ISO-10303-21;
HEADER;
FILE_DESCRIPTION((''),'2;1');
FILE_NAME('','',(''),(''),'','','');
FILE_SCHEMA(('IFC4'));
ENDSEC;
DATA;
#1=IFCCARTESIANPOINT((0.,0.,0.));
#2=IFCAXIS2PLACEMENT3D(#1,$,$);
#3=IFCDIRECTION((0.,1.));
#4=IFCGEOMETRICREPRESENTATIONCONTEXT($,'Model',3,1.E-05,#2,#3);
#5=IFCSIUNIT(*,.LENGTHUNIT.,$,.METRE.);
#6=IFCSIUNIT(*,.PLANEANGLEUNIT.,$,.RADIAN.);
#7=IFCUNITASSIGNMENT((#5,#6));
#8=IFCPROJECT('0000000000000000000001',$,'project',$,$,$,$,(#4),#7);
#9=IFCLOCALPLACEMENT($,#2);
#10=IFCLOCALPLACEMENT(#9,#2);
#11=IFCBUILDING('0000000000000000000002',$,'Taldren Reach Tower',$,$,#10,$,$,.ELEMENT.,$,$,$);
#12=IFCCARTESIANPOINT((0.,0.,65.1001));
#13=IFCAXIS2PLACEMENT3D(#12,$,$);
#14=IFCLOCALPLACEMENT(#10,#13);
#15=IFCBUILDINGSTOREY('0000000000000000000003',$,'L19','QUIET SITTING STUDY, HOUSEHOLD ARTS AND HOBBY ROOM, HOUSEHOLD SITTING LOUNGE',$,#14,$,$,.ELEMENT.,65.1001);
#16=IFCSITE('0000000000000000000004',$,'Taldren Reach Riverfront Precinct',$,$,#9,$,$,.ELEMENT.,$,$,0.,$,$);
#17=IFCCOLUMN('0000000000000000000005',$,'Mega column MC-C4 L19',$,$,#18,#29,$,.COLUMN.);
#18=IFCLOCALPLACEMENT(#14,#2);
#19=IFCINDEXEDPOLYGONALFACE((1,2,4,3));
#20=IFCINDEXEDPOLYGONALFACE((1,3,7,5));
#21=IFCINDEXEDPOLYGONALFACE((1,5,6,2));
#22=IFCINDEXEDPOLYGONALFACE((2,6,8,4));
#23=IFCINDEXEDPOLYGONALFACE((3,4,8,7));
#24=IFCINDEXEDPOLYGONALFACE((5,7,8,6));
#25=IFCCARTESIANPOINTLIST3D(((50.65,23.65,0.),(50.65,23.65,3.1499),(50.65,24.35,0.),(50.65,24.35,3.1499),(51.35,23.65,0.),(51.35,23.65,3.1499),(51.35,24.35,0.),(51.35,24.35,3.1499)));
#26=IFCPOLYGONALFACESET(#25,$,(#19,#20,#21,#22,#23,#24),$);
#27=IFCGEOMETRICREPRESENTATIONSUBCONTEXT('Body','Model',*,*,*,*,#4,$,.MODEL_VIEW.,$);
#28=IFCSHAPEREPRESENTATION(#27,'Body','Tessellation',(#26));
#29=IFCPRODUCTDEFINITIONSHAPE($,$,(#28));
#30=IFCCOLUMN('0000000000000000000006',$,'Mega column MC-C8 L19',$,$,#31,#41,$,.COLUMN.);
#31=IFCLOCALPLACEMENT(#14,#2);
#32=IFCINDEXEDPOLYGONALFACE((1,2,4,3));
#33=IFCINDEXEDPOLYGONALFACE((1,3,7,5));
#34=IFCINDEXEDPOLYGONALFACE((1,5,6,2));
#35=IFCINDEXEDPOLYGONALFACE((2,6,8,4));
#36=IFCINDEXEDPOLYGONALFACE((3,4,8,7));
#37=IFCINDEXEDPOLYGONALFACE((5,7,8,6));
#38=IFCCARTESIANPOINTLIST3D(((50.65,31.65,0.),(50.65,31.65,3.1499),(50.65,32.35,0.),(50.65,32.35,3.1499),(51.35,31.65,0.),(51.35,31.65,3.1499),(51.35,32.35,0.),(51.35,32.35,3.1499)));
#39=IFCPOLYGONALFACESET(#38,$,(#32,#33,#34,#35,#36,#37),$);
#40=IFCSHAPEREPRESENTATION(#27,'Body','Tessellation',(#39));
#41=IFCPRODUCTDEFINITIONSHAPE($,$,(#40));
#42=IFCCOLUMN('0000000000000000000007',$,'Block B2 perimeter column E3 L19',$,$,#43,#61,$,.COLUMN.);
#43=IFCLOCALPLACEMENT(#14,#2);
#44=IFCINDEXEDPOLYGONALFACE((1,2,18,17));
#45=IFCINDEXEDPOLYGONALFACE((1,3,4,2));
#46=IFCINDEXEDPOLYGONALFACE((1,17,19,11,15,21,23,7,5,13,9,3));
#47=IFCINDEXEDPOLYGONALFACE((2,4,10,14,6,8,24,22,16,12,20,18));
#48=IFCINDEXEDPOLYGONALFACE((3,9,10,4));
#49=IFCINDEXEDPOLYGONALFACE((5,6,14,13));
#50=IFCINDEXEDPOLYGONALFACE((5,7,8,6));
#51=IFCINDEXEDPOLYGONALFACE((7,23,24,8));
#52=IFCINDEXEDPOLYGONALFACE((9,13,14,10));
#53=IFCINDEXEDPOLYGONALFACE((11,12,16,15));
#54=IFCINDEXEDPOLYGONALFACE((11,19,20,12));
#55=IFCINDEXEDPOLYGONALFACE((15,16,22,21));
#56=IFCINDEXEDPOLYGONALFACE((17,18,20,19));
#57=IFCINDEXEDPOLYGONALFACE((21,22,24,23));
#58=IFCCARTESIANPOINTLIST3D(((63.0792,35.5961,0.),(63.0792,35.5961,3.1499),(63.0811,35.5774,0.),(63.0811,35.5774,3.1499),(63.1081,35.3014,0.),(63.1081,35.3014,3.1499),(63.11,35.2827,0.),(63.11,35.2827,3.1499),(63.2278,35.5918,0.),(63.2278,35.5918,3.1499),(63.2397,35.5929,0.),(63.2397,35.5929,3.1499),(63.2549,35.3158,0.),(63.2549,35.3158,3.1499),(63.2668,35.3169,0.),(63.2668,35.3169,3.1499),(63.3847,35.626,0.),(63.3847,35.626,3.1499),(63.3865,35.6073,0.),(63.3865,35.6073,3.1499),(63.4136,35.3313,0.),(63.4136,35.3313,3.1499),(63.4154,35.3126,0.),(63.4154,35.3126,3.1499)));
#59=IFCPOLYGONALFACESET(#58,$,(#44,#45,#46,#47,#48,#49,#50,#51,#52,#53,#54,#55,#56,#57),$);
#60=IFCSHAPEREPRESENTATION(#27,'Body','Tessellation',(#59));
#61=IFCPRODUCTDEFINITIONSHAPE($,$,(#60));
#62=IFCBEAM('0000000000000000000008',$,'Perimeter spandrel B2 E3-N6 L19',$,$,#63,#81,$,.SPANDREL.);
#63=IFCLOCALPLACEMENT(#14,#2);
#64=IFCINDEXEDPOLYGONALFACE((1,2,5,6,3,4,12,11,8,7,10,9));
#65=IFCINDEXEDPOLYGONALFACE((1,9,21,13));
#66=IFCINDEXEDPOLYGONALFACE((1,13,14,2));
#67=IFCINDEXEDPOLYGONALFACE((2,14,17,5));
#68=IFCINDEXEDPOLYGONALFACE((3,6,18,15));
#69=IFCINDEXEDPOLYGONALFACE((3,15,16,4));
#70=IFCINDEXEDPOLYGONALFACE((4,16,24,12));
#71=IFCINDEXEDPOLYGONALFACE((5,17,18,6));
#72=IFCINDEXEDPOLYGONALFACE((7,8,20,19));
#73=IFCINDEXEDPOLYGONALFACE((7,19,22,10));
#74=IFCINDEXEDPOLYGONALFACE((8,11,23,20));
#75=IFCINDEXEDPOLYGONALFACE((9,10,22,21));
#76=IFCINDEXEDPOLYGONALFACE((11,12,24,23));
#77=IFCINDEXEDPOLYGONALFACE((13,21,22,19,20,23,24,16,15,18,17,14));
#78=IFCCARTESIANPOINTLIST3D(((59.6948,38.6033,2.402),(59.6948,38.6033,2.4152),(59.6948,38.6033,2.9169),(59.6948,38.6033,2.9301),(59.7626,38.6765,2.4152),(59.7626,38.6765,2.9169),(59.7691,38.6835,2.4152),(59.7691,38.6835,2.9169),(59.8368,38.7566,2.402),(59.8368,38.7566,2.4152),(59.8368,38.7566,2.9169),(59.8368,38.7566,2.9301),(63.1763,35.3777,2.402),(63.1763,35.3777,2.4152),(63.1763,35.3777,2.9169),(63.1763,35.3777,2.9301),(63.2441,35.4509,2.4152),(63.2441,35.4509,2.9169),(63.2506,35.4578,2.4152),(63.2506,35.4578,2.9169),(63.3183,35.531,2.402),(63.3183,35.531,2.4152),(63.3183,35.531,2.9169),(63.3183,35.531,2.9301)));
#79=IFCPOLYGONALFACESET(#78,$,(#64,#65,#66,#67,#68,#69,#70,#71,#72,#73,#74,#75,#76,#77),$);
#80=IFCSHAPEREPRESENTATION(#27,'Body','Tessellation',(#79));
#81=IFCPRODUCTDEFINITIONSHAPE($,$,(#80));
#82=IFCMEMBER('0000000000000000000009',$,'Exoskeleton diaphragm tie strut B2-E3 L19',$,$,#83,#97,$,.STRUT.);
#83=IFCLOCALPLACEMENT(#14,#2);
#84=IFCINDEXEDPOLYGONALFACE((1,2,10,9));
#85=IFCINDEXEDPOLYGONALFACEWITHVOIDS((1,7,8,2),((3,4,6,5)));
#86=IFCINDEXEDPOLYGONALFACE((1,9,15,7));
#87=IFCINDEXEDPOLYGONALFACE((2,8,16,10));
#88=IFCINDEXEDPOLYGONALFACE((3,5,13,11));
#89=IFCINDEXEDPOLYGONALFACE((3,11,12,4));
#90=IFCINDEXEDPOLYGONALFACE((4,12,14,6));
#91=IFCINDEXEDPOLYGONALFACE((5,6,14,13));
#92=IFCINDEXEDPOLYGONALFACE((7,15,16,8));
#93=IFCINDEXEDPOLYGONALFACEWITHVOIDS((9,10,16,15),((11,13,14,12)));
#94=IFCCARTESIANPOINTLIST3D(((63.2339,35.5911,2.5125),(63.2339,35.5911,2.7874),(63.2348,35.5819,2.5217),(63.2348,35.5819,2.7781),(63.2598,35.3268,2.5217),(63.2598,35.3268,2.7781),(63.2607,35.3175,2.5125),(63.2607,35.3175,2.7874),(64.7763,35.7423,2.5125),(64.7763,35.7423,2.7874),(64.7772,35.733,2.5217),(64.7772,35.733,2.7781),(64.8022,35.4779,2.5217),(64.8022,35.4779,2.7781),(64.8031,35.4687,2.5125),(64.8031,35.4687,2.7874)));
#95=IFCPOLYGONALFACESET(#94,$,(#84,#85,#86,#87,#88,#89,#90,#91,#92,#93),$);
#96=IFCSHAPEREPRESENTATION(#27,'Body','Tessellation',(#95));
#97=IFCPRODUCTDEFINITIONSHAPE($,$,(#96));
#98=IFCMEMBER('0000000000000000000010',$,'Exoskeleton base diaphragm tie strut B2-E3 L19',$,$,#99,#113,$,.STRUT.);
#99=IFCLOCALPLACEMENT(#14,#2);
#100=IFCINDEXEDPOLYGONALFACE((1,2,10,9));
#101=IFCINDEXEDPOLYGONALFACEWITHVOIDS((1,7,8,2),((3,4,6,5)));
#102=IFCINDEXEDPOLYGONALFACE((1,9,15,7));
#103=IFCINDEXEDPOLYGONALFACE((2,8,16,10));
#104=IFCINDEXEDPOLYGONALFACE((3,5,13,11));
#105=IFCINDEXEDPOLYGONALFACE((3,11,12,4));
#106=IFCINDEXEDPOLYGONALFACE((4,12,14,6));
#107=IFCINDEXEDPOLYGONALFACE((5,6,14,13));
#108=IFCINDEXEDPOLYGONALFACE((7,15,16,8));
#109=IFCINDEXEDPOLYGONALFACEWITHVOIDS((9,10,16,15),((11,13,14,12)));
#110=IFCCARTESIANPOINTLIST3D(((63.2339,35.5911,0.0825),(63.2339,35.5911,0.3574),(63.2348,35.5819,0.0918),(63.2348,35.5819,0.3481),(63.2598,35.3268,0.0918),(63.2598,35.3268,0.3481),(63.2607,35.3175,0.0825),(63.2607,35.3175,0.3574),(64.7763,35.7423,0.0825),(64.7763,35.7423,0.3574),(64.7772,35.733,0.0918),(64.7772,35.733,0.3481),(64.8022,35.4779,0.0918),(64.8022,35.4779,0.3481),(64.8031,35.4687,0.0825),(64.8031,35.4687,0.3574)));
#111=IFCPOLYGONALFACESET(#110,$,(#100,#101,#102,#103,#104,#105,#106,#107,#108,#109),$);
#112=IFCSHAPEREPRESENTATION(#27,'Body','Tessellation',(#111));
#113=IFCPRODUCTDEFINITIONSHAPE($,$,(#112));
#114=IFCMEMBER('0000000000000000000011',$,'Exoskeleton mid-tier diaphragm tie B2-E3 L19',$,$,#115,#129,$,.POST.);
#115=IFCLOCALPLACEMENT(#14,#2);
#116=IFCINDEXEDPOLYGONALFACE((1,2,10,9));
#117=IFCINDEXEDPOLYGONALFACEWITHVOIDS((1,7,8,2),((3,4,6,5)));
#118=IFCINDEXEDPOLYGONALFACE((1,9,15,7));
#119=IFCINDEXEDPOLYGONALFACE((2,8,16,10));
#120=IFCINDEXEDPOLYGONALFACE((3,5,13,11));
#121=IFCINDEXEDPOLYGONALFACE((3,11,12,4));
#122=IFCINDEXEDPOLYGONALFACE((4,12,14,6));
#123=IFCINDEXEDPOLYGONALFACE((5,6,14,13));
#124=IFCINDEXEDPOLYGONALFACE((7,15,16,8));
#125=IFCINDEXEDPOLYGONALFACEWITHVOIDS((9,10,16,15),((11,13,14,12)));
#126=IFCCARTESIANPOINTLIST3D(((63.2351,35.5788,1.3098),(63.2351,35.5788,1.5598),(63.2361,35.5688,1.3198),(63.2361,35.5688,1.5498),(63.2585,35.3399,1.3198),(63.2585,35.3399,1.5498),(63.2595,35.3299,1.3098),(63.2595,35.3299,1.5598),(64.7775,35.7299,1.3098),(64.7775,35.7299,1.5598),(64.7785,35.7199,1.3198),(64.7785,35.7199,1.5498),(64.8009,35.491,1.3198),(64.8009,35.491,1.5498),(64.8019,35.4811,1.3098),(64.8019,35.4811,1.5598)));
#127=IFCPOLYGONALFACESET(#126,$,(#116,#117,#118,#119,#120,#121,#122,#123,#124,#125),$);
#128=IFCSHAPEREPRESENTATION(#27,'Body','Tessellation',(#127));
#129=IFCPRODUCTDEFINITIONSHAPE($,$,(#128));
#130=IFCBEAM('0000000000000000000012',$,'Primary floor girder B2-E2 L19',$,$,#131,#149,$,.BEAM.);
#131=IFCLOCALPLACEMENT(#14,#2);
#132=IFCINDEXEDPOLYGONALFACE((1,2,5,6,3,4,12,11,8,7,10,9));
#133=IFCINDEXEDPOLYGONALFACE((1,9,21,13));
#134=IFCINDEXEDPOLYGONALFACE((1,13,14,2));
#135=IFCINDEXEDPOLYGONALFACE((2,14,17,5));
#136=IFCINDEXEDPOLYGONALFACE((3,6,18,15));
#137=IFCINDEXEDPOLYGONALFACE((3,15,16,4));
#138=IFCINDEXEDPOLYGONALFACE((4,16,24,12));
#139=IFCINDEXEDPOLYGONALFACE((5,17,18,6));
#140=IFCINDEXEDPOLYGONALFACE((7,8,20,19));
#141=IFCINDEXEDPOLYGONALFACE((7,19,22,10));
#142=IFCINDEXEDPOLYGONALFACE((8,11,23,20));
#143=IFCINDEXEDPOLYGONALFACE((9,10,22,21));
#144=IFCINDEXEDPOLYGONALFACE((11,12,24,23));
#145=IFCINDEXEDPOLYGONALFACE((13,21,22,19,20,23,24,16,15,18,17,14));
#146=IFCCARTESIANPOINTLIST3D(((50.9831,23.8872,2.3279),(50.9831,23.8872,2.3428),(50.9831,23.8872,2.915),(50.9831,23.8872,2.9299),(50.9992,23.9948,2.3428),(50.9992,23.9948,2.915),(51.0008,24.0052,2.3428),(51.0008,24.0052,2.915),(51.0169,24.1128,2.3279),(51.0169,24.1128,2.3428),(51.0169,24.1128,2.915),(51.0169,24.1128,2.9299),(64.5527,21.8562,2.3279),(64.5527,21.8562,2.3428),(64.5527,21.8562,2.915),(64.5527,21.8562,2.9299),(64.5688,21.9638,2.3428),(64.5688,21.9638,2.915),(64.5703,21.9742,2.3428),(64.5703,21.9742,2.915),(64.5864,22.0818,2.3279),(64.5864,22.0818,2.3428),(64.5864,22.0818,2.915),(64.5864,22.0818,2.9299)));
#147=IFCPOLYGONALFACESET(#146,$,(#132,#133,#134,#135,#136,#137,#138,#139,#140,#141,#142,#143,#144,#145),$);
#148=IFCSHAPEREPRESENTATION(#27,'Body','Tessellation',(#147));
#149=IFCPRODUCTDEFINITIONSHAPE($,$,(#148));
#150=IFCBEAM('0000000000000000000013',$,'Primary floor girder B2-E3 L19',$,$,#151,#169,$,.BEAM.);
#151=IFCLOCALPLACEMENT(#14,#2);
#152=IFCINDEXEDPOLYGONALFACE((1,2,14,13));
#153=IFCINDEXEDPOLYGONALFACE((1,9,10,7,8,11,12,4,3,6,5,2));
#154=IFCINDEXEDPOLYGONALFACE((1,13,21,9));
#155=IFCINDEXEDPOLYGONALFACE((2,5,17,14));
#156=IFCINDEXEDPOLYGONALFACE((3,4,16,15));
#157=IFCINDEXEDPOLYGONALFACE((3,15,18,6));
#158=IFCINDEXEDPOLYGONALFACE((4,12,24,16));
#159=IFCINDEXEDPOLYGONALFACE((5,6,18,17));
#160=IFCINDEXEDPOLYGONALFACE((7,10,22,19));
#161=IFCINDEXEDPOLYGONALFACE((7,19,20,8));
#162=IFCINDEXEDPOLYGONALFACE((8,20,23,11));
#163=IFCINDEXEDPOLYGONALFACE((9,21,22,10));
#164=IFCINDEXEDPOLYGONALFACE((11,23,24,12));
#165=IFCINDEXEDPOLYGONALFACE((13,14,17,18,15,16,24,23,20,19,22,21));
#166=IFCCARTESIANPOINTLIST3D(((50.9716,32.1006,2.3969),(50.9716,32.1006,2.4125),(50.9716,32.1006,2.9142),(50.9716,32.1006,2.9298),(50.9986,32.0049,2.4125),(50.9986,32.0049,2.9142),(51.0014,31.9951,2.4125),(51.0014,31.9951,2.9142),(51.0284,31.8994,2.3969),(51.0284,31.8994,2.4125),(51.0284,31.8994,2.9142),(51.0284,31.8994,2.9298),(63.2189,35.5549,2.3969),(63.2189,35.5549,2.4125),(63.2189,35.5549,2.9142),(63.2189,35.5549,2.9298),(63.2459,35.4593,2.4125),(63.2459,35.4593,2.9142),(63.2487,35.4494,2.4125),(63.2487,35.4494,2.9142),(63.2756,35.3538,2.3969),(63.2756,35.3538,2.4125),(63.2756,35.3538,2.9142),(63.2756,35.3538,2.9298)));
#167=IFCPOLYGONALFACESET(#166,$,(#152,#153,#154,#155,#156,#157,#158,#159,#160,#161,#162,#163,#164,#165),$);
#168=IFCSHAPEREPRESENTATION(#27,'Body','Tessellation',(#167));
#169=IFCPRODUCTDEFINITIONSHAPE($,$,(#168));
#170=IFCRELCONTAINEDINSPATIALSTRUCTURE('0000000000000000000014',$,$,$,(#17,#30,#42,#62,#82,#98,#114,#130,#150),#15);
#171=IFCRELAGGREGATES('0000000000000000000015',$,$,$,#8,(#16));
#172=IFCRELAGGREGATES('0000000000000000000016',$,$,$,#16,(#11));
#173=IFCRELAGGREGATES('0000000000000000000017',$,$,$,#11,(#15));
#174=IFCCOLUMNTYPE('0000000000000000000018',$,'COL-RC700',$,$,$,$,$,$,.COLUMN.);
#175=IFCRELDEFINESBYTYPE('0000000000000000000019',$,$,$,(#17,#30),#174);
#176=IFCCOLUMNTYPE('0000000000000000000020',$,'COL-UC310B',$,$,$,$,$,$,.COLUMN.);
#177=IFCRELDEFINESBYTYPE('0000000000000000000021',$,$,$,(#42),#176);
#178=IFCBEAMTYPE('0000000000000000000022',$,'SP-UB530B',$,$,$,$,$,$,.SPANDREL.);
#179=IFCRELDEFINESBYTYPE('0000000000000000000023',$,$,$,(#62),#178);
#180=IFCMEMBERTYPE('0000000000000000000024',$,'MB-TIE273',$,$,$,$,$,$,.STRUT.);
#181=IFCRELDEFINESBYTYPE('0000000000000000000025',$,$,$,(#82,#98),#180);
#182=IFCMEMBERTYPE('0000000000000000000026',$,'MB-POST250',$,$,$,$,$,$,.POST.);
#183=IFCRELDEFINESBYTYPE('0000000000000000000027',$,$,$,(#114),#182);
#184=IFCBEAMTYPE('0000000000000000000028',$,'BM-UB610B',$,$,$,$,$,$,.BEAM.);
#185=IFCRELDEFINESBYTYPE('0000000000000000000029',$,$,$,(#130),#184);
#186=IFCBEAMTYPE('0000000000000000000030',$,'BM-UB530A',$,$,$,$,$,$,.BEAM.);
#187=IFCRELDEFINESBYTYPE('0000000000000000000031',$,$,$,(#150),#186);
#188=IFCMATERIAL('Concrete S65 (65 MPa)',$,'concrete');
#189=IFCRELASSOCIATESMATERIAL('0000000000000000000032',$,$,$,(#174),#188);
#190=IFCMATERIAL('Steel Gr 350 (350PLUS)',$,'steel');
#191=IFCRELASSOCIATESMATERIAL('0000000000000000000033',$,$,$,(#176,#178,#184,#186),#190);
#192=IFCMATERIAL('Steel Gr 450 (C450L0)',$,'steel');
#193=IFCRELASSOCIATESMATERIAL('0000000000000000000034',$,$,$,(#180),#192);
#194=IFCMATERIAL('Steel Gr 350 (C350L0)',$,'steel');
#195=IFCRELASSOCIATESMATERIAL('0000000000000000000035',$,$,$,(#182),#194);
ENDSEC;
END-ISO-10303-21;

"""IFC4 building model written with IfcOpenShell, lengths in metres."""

from ifc_helpers import new_model, si_unit, direction, frame, origin, origin_2d, place, context, subcontext, project, spatial, rectangle, hollow_rectangle, i_section, extrude, source, transform, mapped, material, material_profile, profile_set, type_object, element, save


model = new_model("IFC4")

# Units and contexts
model_context = context("Model", 3, precision=1e-05, world=origin(), true_north=direction((0.0, 1.0)))
body_context = subcontext(model_context, "Body", "Model", "MODEL_VIEW")
ifc_project = project(units=[si_unit("LENGTHUNIT", "METRE"), si_unit("PLANEANGLEUNIT", "RADIAN")], contexts=[model_context])

# Site, building, storey
site_placement = place(None, origin())
site = spatial("IfcSite", under=ifc_project, at=site_placement, Name="Taldren Reach Riverfront Precinct", CompositionType="ELEMENT", RefElevation=0.0)
building_placement = place(site_placement, origin())
building = spatial("IfcBuilding", under=site, at=building_placement, Name="Taldren Reach Tower", CompositionType="ELEMENT")
storey_placement = place(building_placement, frame((0.0, 0.0, 65.1001)))
storey = spatial("IfcBuildingStorey", under=building, at=storey_placement, Name="L19", Description="QUIET SITTING STUDY, HOUSEHOLD ARTS AND HOBBY ROOM, HOUSEHOLD SITTING LOUNGE", CompositionType="ELEMENT", Elevation=65.1001)

# Columns
ifc_material_1 = material(Name="Concrete S65 (65 MPa)", Category="concrete")
ifc_material_profile_1 = material_profile(ifc_material_1, rectangle(XDim=0.7, YDim=0.7, at=origin_2d()), Name="RC-700x700")
ifc_profile_set_1 = profile_set([ifc_material_profile_1], Name="Concrete S65 (65 MPa)")
column_type_1 = type_object("IfcColumnType", Name="COL-RC700", PredefinedType="COLUMN", material=ifc_profile_set_1)
shared_shape_1 = source(origin(), body_context, "Body", "SweptSolid", [
    extrude(rectangle(XDim=0.7, YDim=0.7, at=origin_2d()), origin(), (0.0, 0.0, 1.0), 3.1499),
])
for number, where, z_axis, x_axis, name in (
    (1, (51.0, 24.0, 0.0), (0.0, 0.0, 1.0), (1.0, 0.0, 0.0), "Mega column MC-C4 L19"),
    (2, (51.0, 32.0, 0.0), (0.0, 0.0, 1.0), (1.0, 0.0, 0.0), "Mega column MC-C8 L19"),
):
    element("IfcColumn", number, at=place(storey_placement, frame(where, z_axis=z_axis, x_axis=x_axis)), inside=storey, type_object=column_type_1, Name=name, PredefinedType="COLUMN", context=body_context, shape_type="MappedRepresentation", body=[
        mapped(shared_shape_1, transform((0.0, 0.0, 0.0), scale=1.0)),
    ])
ifc_material_2 = material(Name="Steel Gr 350 (350PLUS)", Category="steel")
ifc_material_profile_2 = material_profile(ifc_material_2, i_section(OverallWidth=0.3069, OverallDepth=0.3149, WebThickness=0.012, FlangeThickness=0.0188, at=origin_2d()), Name="310UC118")
ifc_profile_set_2 = profile_set([ifc_material_profile_2], Name="Steel Gr 350 (350PLUS)")
column_type_2 = type_object("IfcColumnType", Name="COL-UC310B", PredefinedType="COLUMN", material=ifc_profile_set_2)
shared_shape_2 = source(origin(), body_context, "Body", "SweptSolid", [
    extrude(i_section(OverallWidth=0.3069, OverallDepth=0.3149, WebThickness=0.012, FlangeThickness=0.0188, at=origin_2d()), origin(), (0.0, 0.0, 1.0), 3.1499),
])
column_placement = place(storey_placement, frame((63.2473, 35.4543, 0.0), z_axis=(0.0, 0.0, 1.0), x_axis=(0.995227, 0.097583, 0.0)))
element("IfcColumn", 3, at=column_placement, inside=storey, type_object=column_type_2, Name="Block B2 perimeter column E3 L19", PredefinedType="COLUMN", context=body_context, shape_type="MappedRepresentation", body=[
    mapped(shared_shape_2, transform((0.0, 0.0, 0.0), scale=1.0)),
])

# Beam
ifc_material_profile_3 = material_profile(ifc_material_2, i_section(OverallWidth=0.209, OverallDepth=0.5281, WebThickness=0.0095, FlangeThickness=0.0132, at=origin_2d()), Name="530UB82.0")
ifc_profile_set_3 = profile_set([ifc_material_profile_3], Name="Steel Gr 350 (350PLUS)")
beam_type_1 = type_object("IfcBeamType", Name="SP-UB530B", PredefinedType="SPANDREL", material=ifc_profile_set_3)
shared_shape_3 = source(origin(), body_context, "Body", "SweptSolid", [
    extrude(i_section(OverallWidth=0.209, OverallDepth=0.5281, WebThickness=0.0095, FlangeThickness=0.0132, at=origin_2d()), origin(), (0.0, 0.0, 1.0), 4.7461),
])
beam_1_placement = place(storey_placement, frame((63.2473, 35.4543, 2.666), z_axis=(-0.733548, 0.679638, 0.0), x_axis=(-0.679638, -0.733548, 0.0)))
element("IfcBeam", 4, at=beam_1_placement, inside=storey, type_object=beam_type_1, Name="Perimeter spandrel B2 E3-N6 L19", PredefinedType="SPANDREL", context=body_context, shape_type="MappedRepresentation", body=[
    mapped(shared_shape_3, transform((0.0, 0.0, 0.0), scale=1.0)),
])

# Members
ifc_material_3 = material(Name="Steel Gr 450 (C450L0)", Category="steel")
ifc_material_profile_4 = material_profile(ifc_material_3, hollow_rectangle(XDim=0.2749, YDim=0.2749, WallThickness=0.0093, at=origin_2d()), Name="275x275x9.3SHS")
ifc_profile_set_4 = profile_set([ifc_material_profile_4], Name="Steel Gr 450 (C450L0)")
member_type_1 = type_object("IfcMemberType", Name="MB-TIE273", PredefinedType="STRUT", material=ifc_profile_set_4)
shared_shape_4 = source(origin(), body_context, "Body", "SweptSolid", [
    extrude(hollow_rectangle(XDim=0.2749, YDim=0.2749, WallThickness=0.0093, at=origin_2d()), origin(), (0.0, 0.0, 1.0), 1.5498),
])
for number, where, z_axis, x_axis, name in (
    (5, (63.2473, 35.4543, 2.6499), (0.995235, 0.097507, 0.0), (-0.097507, 0.995235, 0.0), "Exoskeleton diaphragm tie strut B2-E3 L19"),
    (6, (63.2473, 35.4543, 0.22), (0.995235, 0.097507, 0.0), (-0.097507, 0.995235, 0.0), "Exoskeleton base diaphragm tie strut B2-E3 L19"),
):
    element("IfcMember", number, at=place(storey_placement, frame(where, z_axis=z_axis, x_axis=x_axis)), inside=storey, type_object=member_type_1, Name=name, PredefinedType="STRUT", context=body_context, shape_type="MappedRepresentation", body=[
        mapped(shared_shape_4, transform((0.0, 0.0, 0.0), scale=1.0)),
    ])
ifc_material_4 = material(Name="Steel Gr 350 (C350L0)", Category="steel")
ifc_material_profile_5 = material_profile(ifc_material_4, hollow_rectangle(XDim=0.25, YDim=0.25, WallThickness=0.01, at=origin_2d()), Name="250x250x10.0SHS")
ifc_profile_set_5 = profile_set([ifc_material_profile_5], Name="Steel Gr 350 (C350L0)")
member_type_2 = type_object("IfcMemberType", Name="MB-POST250", PredefinedType="POST", material=ifc_profile_set_5)
shared_shape_5 = source(origin(), body_context, "Body", "SweptSolid", [
    extrude(hollow_rectangle(XDim=0.25, YDim=0.25, WallThickness=0.01, at=origin_2d()), origin(), (0.0, 0.0, 1.0), 1.5498),
])
member_placement = place(storey_placement, frame((63.2473, 35.4543, 1.4348), z_axis=(0.995235, 0.097507, 0.0), x_axis=(-0.097507, 0.995235, 0.0)))
element("IfcMember", 7, at=member_placement, inside=storey, type_object=member_type_2, Name="Exoskeleton mid-tier diaphragm tie B2-E3 L19", PredefinedType="POST", context=body_context, shape_type="MappedRepresentation", body=[
    mapped(shared_shape_5, transform((0.0, 0.0, 0.0), scale=1.0)),
])

# Beams
ifc_material_profile_6 = material_profile(ifc_material_2, i_section(OverallWidth=0.228, OverallDepth=0.6021, WebThickness=0.0105, FlangeThickness=0.0149, at=origin_2d()), Name="610UB101")
ifc_profile_set_6 = profile_set([ifc_material_profile_6], Name="Steel Gr 350 (350PLUS)")
beam_type_2 = type_object("IfcBeamType", Name="BM-UB610B", PredefinedType="BEAM", material=ifc_profile_set_6)
shared_shape_6 = source(origin(), body_context, "Body", "SweptSolid", [
    extrude(i_section(OverallWidth=0.228, OverallDepth=0.6021, WebThickness=0.0105, FlangeThickness=0.0149, at=origin_2d()), origin(), (0.0, 0.0, 1.0), 13.7207),
])
beam_2_placement = place(storey_placement, frame((51.0, 24.0, 2.6289), z_axis=(0.988984, -0.148025, 0.0), x_axis=(0.148025, 0.988984, 0.0)))
element("IfcBeam", 8, at=beam_2_placement, inside=storey, type_object=beam_type_2, Name="Primary floor girder B2-E2 L19", PredefinedType="BEAM", context=body_context, shape_type="MappedRepresentation", body=[
    mapped(shared_shape_6, transform((0.0, 0.0, 0.0), scale=1.0)),
])
ifc_material_profile_7 = material_profile(ifc_material_2, i_section(OverallWidth=0.209, OverallDepth=0.533, WebThickness=0.0103, FlangeThickness=0.0156, at=origin_2d()), Name="530UB92.4")
ifc_profile_set_7 = profile_set([ifc_material_profile_7], Name="Steel Gr 350 (350PLUS)")
beam_type_3 = type_object("IfcBeamType", Name="BM-UB530A", PredefinedType="BEAM", material=ifc_profile_set_7)
shared_shape_7 = source(origin(), body_context, "Body", "SweptSolid", [
    extrude(i_section(OverallWidth=0.209, OverallDepth=0.533, WebThickness=0.0103, FlangeThickness=0.0156, at=origin_2d()), origin(), (0.0, 0.0, 1.0), 12.7251),
])
beam_3_placement = place(storey_placement, frame((51.0, 32.0, 2.6633), z_axis=(0.96245, 0.271458, 0.0), x_axis=(-0.271458, 0.96245, 0.0)))
element("IfcBeam", 9, at=beam_3_placement, inside=storey, type_object=beam_type_3, Name="Primary floor girder B2-E3 L19", PredefinedType="BEAM", context=body_context, shape_type="MappedRepresentation", body=[
    mapped(shared_shape_7, transform((0.0, 0.0, 0.0), scale=1.0)),
])

save(model, "model.ifc")
